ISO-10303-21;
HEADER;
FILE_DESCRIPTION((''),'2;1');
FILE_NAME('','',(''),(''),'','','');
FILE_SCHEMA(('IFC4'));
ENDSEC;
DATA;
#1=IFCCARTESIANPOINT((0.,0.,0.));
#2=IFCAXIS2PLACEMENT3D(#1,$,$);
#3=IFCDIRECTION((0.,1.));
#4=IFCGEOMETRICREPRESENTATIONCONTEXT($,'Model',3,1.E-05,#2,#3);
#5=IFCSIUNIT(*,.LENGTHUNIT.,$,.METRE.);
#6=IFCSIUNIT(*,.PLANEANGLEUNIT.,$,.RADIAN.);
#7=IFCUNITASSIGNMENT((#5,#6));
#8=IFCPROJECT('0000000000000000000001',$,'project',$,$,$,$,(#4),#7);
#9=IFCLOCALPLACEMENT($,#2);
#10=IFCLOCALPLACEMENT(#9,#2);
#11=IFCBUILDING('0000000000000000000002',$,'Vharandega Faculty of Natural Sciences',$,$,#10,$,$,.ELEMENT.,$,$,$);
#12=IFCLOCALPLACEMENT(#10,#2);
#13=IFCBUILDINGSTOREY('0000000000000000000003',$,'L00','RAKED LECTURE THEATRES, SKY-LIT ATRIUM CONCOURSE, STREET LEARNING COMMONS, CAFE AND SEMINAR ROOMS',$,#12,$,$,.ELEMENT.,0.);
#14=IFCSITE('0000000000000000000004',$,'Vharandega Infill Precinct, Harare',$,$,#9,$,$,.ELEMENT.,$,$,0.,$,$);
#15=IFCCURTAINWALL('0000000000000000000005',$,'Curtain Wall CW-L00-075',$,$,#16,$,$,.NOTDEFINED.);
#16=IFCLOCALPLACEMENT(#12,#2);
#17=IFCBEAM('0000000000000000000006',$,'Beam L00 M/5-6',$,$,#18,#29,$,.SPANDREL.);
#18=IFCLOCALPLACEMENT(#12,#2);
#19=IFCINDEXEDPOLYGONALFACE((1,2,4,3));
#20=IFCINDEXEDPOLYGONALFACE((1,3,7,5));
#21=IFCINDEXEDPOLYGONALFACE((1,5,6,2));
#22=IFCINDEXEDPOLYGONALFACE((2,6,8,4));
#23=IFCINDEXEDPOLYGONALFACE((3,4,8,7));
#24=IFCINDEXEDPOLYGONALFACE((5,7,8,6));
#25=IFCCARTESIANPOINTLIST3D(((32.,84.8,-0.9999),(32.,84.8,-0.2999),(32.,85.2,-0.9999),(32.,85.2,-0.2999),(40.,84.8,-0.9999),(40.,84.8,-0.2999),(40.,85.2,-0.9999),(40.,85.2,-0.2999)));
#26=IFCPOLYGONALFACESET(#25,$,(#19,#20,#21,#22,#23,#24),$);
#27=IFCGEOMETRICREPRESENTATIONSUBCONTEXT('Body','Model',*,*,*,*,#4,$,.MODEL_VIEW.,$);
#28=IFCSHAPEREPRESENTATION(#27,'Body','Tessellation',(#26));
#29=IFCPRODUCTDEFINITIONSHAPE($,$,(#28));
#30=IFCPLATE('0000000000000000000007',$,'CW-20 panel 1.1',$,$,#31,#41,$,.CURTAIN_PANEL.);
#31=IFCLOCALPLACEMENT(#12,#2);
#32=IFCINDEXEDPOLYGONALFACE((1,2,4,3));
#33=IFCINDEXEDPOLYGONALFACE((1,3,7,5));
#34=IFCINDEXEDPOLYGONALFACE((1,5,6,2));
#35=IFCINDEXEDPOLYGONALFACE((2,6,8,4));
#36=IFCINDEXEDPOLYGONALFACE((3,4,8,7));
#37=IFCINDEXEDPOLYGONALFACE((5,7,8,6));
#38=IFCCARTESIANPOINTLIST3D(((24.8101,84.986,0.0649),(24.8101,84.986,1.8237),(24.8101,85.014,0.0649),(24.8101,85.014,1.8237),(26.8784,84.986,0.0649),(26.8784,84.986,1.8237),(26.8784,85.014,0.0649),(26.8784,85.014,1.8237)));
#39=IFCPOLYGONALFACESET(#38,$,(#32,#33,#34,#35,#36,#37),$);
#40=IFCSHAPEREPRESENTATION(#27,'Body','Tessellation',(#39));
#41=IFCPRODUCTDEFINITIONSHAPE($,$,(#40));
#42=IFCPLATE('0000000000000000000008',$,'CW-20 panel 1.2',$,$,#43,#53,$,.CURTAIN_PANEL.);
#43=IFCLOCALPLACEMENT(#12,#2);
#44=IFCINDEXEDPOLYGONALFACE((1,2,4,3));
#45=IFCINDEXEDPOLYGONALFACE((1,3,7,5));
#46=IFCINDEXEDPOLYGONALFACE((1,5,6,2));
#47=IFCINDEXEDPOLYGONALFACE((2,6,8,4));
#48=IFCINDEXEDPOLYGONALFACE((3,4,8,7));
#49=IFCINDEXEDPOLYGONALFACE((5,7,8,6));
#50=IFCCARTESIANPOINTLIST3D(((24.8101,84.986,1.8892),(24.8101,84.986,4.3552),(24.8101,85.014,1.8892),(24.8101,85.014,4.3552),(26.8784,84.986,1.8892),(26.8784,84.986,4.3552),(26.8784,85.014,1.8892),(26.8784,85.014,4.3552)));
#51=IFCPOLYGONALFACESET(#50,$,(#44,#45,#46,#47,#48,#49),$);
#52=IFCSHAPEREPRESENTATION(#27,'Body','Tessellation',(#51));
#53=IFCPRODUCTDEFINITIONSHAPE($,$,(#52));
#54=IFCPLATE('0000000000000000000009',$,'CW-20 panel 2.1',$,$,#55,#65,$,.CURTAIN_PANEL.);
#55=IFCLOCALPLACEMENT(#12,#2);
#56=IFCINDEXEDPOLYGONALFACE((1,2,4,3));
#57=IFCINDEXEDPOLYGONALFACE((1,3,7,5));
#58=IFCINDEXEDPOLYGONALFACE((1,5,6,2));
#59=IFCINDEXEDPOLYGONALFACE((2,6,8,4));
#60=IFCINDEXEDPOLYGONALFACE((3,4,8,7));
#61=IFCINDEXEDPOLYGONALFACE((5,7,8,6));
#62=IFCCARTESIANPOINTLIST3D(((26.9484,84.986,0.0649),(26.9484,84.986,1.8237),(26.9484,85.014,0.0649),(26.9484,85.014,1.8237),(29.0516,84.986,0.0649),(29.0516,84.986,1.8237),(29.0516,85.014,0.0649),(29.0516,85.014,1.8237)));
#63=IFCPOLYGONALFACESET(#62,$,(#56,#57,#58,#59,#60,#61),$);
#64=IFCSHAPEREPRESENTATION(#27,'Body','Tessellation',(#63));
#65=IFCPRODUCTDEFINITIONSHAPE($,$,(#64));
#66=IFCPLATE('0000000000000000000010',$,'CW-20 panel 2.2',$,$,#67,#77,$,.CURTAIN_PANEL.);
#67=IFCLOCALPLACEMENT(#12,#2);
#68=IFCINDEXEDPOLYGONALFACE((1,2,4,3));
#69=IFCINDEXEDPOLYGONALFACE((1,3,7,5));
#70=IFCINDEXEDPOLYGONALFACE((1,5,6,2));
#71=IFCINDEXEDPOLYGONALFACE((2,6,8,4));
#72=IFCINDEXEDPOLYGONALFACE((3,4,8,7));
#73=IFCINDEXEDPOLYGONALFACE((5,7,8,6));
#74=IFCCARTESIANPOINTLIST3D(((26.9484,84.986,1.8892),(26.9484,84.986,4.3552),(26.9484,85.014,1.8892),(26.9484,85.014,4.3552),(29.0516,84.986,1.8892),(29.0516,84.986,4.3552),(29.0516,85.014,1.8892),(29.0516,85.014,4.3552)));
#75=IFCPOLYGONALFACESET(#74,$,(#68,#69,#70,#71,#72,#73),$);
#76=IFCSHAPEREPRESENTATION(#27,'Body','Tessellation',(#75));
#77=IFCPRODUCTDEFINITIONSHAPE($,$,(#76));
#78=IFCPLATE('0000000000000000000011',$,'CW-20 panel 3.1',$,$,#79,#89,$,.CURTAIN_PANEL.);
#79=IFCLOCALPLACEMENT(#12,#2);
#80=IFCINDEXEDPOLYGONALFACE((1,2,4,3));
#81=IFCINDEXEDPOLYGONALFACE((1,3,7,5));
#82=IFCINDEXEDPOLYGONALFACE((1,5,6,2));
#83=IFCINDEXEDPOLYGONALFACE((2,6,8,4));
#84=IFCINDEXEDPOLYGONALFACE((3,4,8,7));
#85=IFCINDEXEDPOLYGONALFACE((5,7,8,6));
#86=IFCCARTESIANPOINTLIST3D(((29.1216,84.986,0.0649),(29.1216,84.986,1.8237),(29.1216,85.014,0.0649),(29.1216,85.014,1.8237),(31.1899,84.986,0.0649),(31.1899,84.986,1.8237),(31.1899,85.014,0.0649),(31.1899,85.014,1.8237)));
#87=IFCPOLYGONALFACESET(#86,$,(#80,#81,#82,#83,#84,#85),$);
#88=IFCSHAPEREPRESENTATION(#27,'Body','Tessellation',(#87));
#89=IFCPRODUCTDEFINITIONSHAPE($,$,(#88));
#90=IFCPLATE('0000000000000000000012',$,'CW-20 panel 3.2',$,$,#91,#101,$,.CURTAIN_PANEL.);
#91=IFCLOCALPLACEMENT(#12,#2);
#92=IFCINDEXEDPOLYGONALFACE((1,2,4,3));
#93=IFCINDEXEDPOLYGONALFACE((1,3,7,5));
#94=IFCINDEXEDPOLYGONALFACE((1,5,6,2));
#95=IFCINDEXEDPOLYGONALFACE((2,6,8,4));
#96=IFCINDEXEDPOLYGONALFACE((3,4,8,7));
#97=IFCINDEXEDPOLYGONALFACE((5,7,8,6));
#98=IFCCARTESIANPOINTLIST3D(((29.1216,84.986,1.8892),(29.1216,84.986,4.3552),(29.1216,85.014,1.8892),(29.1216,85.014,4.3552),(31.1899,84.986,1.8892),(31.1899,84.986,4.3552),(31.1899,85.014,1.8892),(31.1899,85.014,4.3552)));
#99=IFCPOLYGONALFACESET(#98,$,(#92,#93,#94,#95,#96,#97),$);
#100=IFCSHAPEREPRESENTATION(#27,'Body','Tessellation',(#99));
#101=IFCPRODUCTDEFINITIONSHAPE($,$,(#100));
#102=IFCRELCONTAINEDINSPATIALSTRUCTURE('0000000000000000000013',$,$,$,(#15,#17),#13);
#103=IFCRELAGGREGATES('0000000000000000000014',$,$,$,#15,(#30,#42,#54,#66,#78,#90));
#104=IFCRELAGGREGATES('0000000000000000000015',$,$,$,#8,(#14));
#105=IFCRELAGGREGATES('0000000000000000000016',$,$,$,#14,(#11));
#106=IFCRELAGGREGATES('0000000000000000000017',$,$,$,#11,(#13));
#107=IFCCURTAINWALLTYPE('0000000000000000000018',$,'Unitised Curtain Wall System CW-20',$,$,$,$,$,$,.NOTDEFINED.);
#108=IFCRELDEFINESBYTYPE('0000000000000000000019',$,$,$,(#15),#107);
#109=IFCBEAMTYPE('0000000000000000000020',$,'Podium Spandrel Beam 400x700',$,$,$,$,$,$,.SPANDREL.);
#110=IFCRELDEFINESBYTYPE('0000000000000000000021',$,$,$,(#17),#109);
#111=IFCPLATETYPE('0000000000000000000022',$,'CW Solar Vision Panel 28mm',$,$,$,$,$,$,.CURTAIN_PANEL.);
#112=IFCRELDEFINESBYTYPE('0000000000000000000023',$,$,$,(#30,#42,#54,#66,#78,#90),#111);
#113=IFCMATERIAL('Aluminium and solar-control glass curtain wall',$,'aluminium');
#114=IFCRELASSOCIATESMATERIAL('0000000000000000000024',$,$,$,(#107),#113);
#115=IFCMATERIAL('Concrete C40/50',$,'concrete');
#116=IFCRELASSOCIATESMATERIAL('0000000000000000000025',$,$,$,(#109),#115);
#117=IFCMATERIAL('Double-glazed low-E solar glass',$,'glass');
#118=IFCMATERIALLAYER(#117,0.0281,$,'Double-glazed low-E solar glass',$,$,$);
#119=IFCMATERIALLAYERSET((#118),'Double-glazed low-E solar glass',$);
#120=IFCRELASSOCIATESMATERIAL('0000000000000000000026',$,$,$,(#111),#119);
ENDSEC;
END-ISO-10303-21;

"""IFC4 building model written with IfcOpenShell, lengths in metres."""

from ifc_helpers import new_model, si_unit, direction, frame, origin, origin_2d, place, context, subcontext, project, spatial, rectangle, extrude, material, layer, layer_set, material_profile, profile_set, type_object, element, aggregate, save


model = new_model("IFC4")

# Units and contexts
model_context = context("Model", 3, precision=1e-05, world=origin(), true_north=direction((0.0, 1.0)))
body_context = subcontext(model_context, "Body", "Model", "MODEL_VIEW")
ifc_project = project(units=[si_unit("LENGTHUNIT", "METRE"), si_unit("PLANEANGLEUNIT", "RADIAN")], contexts=[model_context])

# Site, building, storey
site_placement = place(None, origin())
site = spatial("IfcSite", under=ifc_project, at=site_placement, Name="Vharandega Infill Precinct, Harare", CompositionType="ELEMENT", RefElevation=0.0)
building_placement = place(site_placement, origin())
building = spatial("IfcBuilding", under=site, at=building_placement, Name="Vharandega Faculty of Natural Sciences", CompositionType="ELEMENT")
storey_placement = place(building_placement, origin())
storey = spatial("IfcBuildingStorey", under=building, at=storey_placement, Name="L00", Description="RAKED LECTURE THEATRES, SKY-LIT ATRIUM CONCOURSE, STREET LEARNING COMMONS, CAFE AND SEMINAR ROOMS", CompositionType="ELEMENT", Elevation=0.0)

# Curtain wall
ifc_material_1 = material(Name="Aluminium and solar-control glass curtain wall", Category="aluminium")
curtain_wall_type = type_object("IfcCurtainWallType", Name="Unitised Curtain Wall System CW-20", PredefinedType="NOTDEFINED", material=ifc_material_1)
curtain_wall_placement = place(storey_placement, origin())
curtain_wall = element("IfcCurtainWall", 1, at=curtain_wall_placement, inside=storey, type_object=curtain_wall_type, Name="Curtain Wall CW-L00-075", PredefinedType="NOTDEFINED")

# Beam
ifc_material_2 = material(Name="Concrete C40/50", Category="concrete")
ifc_material_profile_1 = material_profile(ifc_material_2, rectangle(XDim=0.3999, YDim=0.7, at=origin_2d()), Name="RC 400x700")
ifc_profile_set_1 = profile_set([ifc_material_profile_1], Name="Concrete C40/50")
beam_type = type_object("IfcBeamType", Name="Podium Spandrel Beam 400x700", PredefinedType="SPANDREL", material=ifc_profile_set_1)
beam_placement = place(storey_placement, frame((32.0, 85.0, -0.6499), z_axis=(1.0, 0.0, 0.0), x_axis=(0.0, 1.0, 0.0)))
element("IfcBeam", 2, at=beam_placement, inside=storey, type_object=beam_type, Name="Beam L00 M/5-6", PredefinedType="SPANDREL", context=body_context, shape_type="SweptSolid", body=[
    extrude(rectangle(XDim=0.3999, YDim=0.7, at=origin_2d()), origin(), (0.0, 0.0, 1.0), 8.0),
])

# Plates
ifc_material_3 = material(Name="Double-glazed low-E solar glass", Category="glass")
ifc_layer = layer(ifc_material_3, 0.0281, Name="Double-glazed low-E solar glass")
ifc_layer_set = layer_set([ifc_layer], Name="Double-glazed low-E solar glass")
plate_type = type_object("IfcPlateType", Name="CW Solar Vision Panel 28mm", PredefinedType="CURTAIN_PANEL", material=ifc_layer_set)
plate_1_placement = place(storey_placement, frame((25.8442, 85.0, 0.0649), z_axis=(0.0, 0.0, 1.0), x_axis=(1.0, 0.0, 0.0)))
plate_1 = element("IfcPlate", 3, at=plate_1_placement, type_object=plate_type, Name="CW-20 panel 1.1", PredefinedType="CURTAIN_PANEL", context=body_context, shape_type="SweptSolid", body=[
    extrude(rectangle(XDim=2.0684, YDim=0.0281, at=origin_2d()), origin(), (0.0, 0.0, 1.0), 1.7588),
])
plate_2_placement = place(storey_placement, frame((25.8442, 85.0, 1.8892), z_axis=(0.0, 0.0, 1.0), x_axis=(1.0, 0.0, 0.0)))
plate_2 = element("IfcPlate", 4, at=plate_2_placement, type_object=plate_type, Name="CW-20 panel 1.2", PredefinedType="CURTAIN_PANEL", context=body_context, shape_type="SweptSolid", body=[
    extrude(rectangle(XDim=2.0684, YDim=0.0281, at=origin_2d()), origin(), (0.0, 0.0, 1.0), 2.4661),
])
plate_3_placement = place(storey_placement, frame((28.0, 85.0, 0.0649), z_axis=(0.0, 0.0, 1.0), x_axis=(1.0, 0.0, 0.0)))
plate_3 = element("IfcPlate", 5, at=plate_3_placement, type_object=plate_type, Name="CW-20 panel 2.1", PredefinedType="CURTAIN_PANEL", context=body_context, shape_type="SweptSolid", body=[
    extrude(rectangle(XDim=2.1033, YDim=0.0281, at=origin_2d()), origin(), (0.0, 0.0, 1.0), 1.7588),
])
plate_4_placement = place(storey_placement, frame((28.0, 85.0, 1.8892), z_axis=(0.0, 0.0, 1.0), x_axis=(1.0, 0.0, 0.0)))
plate_4 = element("IfcPlate", 6, at=plate_4_placement, type_object=plate_type, Name="CW-20 panel 2.2", PredefinedType="CURTAIN_PANEL", context=body_context, shape_type="SweptSolid", body=[
    extrude(rectangle(XDim=2.1033, YDim=0.0281, at=origin_2d()), origin(), (0.0, 0.0, 1.0), 2.4661),
])
plate_5_placement = place(storey_placement, frame((30.1558, 85.0, 0.0649), z_axis=(0.0, 0.0, 1.0), x_axis=(1.0, 0.0, 0.0)))
plate_5 = element("IfcPlate", 7, at=plate_5_placement, type_object=plate_type, Name="CW-20 panel 3.1", PredefinedType="CURTAIN_PANEL", context=body_context, shape_type="SweptSolid", body=[
    extrude(rectangle(XDim=2.0684, YDim=0.0281, at=origin_2d()), origin(), (0.0, 0.0, 1.0), 1.7588),
])
plate_6_placement = place(storey_placement, frame((30.1558, 85.0, 1.8892), z_axis=(0.0, 0.0, 1.0), x_axis=(1.0, 0.0, 0.0)))
plate_6 = element("IfcPlate", 8, at=plate_6_placement, type_object=plate_type, Name="CW-20 panel 3.2", PredefinedType="CURTAIN_PANEL", context=body_context, shape_type="SweptSolid", body=[
    extrude(rectangle(XDim=2.0684, YDim=0.0281, at=origin_2d()), origin(), (0.0, 0.0, 1.0), 2.4661),
])
aggregate(curtain_wall, [plate_1, plate_2, plate_3, plate_4, plate_5, plate_6])

save(model, "model.ifc")
